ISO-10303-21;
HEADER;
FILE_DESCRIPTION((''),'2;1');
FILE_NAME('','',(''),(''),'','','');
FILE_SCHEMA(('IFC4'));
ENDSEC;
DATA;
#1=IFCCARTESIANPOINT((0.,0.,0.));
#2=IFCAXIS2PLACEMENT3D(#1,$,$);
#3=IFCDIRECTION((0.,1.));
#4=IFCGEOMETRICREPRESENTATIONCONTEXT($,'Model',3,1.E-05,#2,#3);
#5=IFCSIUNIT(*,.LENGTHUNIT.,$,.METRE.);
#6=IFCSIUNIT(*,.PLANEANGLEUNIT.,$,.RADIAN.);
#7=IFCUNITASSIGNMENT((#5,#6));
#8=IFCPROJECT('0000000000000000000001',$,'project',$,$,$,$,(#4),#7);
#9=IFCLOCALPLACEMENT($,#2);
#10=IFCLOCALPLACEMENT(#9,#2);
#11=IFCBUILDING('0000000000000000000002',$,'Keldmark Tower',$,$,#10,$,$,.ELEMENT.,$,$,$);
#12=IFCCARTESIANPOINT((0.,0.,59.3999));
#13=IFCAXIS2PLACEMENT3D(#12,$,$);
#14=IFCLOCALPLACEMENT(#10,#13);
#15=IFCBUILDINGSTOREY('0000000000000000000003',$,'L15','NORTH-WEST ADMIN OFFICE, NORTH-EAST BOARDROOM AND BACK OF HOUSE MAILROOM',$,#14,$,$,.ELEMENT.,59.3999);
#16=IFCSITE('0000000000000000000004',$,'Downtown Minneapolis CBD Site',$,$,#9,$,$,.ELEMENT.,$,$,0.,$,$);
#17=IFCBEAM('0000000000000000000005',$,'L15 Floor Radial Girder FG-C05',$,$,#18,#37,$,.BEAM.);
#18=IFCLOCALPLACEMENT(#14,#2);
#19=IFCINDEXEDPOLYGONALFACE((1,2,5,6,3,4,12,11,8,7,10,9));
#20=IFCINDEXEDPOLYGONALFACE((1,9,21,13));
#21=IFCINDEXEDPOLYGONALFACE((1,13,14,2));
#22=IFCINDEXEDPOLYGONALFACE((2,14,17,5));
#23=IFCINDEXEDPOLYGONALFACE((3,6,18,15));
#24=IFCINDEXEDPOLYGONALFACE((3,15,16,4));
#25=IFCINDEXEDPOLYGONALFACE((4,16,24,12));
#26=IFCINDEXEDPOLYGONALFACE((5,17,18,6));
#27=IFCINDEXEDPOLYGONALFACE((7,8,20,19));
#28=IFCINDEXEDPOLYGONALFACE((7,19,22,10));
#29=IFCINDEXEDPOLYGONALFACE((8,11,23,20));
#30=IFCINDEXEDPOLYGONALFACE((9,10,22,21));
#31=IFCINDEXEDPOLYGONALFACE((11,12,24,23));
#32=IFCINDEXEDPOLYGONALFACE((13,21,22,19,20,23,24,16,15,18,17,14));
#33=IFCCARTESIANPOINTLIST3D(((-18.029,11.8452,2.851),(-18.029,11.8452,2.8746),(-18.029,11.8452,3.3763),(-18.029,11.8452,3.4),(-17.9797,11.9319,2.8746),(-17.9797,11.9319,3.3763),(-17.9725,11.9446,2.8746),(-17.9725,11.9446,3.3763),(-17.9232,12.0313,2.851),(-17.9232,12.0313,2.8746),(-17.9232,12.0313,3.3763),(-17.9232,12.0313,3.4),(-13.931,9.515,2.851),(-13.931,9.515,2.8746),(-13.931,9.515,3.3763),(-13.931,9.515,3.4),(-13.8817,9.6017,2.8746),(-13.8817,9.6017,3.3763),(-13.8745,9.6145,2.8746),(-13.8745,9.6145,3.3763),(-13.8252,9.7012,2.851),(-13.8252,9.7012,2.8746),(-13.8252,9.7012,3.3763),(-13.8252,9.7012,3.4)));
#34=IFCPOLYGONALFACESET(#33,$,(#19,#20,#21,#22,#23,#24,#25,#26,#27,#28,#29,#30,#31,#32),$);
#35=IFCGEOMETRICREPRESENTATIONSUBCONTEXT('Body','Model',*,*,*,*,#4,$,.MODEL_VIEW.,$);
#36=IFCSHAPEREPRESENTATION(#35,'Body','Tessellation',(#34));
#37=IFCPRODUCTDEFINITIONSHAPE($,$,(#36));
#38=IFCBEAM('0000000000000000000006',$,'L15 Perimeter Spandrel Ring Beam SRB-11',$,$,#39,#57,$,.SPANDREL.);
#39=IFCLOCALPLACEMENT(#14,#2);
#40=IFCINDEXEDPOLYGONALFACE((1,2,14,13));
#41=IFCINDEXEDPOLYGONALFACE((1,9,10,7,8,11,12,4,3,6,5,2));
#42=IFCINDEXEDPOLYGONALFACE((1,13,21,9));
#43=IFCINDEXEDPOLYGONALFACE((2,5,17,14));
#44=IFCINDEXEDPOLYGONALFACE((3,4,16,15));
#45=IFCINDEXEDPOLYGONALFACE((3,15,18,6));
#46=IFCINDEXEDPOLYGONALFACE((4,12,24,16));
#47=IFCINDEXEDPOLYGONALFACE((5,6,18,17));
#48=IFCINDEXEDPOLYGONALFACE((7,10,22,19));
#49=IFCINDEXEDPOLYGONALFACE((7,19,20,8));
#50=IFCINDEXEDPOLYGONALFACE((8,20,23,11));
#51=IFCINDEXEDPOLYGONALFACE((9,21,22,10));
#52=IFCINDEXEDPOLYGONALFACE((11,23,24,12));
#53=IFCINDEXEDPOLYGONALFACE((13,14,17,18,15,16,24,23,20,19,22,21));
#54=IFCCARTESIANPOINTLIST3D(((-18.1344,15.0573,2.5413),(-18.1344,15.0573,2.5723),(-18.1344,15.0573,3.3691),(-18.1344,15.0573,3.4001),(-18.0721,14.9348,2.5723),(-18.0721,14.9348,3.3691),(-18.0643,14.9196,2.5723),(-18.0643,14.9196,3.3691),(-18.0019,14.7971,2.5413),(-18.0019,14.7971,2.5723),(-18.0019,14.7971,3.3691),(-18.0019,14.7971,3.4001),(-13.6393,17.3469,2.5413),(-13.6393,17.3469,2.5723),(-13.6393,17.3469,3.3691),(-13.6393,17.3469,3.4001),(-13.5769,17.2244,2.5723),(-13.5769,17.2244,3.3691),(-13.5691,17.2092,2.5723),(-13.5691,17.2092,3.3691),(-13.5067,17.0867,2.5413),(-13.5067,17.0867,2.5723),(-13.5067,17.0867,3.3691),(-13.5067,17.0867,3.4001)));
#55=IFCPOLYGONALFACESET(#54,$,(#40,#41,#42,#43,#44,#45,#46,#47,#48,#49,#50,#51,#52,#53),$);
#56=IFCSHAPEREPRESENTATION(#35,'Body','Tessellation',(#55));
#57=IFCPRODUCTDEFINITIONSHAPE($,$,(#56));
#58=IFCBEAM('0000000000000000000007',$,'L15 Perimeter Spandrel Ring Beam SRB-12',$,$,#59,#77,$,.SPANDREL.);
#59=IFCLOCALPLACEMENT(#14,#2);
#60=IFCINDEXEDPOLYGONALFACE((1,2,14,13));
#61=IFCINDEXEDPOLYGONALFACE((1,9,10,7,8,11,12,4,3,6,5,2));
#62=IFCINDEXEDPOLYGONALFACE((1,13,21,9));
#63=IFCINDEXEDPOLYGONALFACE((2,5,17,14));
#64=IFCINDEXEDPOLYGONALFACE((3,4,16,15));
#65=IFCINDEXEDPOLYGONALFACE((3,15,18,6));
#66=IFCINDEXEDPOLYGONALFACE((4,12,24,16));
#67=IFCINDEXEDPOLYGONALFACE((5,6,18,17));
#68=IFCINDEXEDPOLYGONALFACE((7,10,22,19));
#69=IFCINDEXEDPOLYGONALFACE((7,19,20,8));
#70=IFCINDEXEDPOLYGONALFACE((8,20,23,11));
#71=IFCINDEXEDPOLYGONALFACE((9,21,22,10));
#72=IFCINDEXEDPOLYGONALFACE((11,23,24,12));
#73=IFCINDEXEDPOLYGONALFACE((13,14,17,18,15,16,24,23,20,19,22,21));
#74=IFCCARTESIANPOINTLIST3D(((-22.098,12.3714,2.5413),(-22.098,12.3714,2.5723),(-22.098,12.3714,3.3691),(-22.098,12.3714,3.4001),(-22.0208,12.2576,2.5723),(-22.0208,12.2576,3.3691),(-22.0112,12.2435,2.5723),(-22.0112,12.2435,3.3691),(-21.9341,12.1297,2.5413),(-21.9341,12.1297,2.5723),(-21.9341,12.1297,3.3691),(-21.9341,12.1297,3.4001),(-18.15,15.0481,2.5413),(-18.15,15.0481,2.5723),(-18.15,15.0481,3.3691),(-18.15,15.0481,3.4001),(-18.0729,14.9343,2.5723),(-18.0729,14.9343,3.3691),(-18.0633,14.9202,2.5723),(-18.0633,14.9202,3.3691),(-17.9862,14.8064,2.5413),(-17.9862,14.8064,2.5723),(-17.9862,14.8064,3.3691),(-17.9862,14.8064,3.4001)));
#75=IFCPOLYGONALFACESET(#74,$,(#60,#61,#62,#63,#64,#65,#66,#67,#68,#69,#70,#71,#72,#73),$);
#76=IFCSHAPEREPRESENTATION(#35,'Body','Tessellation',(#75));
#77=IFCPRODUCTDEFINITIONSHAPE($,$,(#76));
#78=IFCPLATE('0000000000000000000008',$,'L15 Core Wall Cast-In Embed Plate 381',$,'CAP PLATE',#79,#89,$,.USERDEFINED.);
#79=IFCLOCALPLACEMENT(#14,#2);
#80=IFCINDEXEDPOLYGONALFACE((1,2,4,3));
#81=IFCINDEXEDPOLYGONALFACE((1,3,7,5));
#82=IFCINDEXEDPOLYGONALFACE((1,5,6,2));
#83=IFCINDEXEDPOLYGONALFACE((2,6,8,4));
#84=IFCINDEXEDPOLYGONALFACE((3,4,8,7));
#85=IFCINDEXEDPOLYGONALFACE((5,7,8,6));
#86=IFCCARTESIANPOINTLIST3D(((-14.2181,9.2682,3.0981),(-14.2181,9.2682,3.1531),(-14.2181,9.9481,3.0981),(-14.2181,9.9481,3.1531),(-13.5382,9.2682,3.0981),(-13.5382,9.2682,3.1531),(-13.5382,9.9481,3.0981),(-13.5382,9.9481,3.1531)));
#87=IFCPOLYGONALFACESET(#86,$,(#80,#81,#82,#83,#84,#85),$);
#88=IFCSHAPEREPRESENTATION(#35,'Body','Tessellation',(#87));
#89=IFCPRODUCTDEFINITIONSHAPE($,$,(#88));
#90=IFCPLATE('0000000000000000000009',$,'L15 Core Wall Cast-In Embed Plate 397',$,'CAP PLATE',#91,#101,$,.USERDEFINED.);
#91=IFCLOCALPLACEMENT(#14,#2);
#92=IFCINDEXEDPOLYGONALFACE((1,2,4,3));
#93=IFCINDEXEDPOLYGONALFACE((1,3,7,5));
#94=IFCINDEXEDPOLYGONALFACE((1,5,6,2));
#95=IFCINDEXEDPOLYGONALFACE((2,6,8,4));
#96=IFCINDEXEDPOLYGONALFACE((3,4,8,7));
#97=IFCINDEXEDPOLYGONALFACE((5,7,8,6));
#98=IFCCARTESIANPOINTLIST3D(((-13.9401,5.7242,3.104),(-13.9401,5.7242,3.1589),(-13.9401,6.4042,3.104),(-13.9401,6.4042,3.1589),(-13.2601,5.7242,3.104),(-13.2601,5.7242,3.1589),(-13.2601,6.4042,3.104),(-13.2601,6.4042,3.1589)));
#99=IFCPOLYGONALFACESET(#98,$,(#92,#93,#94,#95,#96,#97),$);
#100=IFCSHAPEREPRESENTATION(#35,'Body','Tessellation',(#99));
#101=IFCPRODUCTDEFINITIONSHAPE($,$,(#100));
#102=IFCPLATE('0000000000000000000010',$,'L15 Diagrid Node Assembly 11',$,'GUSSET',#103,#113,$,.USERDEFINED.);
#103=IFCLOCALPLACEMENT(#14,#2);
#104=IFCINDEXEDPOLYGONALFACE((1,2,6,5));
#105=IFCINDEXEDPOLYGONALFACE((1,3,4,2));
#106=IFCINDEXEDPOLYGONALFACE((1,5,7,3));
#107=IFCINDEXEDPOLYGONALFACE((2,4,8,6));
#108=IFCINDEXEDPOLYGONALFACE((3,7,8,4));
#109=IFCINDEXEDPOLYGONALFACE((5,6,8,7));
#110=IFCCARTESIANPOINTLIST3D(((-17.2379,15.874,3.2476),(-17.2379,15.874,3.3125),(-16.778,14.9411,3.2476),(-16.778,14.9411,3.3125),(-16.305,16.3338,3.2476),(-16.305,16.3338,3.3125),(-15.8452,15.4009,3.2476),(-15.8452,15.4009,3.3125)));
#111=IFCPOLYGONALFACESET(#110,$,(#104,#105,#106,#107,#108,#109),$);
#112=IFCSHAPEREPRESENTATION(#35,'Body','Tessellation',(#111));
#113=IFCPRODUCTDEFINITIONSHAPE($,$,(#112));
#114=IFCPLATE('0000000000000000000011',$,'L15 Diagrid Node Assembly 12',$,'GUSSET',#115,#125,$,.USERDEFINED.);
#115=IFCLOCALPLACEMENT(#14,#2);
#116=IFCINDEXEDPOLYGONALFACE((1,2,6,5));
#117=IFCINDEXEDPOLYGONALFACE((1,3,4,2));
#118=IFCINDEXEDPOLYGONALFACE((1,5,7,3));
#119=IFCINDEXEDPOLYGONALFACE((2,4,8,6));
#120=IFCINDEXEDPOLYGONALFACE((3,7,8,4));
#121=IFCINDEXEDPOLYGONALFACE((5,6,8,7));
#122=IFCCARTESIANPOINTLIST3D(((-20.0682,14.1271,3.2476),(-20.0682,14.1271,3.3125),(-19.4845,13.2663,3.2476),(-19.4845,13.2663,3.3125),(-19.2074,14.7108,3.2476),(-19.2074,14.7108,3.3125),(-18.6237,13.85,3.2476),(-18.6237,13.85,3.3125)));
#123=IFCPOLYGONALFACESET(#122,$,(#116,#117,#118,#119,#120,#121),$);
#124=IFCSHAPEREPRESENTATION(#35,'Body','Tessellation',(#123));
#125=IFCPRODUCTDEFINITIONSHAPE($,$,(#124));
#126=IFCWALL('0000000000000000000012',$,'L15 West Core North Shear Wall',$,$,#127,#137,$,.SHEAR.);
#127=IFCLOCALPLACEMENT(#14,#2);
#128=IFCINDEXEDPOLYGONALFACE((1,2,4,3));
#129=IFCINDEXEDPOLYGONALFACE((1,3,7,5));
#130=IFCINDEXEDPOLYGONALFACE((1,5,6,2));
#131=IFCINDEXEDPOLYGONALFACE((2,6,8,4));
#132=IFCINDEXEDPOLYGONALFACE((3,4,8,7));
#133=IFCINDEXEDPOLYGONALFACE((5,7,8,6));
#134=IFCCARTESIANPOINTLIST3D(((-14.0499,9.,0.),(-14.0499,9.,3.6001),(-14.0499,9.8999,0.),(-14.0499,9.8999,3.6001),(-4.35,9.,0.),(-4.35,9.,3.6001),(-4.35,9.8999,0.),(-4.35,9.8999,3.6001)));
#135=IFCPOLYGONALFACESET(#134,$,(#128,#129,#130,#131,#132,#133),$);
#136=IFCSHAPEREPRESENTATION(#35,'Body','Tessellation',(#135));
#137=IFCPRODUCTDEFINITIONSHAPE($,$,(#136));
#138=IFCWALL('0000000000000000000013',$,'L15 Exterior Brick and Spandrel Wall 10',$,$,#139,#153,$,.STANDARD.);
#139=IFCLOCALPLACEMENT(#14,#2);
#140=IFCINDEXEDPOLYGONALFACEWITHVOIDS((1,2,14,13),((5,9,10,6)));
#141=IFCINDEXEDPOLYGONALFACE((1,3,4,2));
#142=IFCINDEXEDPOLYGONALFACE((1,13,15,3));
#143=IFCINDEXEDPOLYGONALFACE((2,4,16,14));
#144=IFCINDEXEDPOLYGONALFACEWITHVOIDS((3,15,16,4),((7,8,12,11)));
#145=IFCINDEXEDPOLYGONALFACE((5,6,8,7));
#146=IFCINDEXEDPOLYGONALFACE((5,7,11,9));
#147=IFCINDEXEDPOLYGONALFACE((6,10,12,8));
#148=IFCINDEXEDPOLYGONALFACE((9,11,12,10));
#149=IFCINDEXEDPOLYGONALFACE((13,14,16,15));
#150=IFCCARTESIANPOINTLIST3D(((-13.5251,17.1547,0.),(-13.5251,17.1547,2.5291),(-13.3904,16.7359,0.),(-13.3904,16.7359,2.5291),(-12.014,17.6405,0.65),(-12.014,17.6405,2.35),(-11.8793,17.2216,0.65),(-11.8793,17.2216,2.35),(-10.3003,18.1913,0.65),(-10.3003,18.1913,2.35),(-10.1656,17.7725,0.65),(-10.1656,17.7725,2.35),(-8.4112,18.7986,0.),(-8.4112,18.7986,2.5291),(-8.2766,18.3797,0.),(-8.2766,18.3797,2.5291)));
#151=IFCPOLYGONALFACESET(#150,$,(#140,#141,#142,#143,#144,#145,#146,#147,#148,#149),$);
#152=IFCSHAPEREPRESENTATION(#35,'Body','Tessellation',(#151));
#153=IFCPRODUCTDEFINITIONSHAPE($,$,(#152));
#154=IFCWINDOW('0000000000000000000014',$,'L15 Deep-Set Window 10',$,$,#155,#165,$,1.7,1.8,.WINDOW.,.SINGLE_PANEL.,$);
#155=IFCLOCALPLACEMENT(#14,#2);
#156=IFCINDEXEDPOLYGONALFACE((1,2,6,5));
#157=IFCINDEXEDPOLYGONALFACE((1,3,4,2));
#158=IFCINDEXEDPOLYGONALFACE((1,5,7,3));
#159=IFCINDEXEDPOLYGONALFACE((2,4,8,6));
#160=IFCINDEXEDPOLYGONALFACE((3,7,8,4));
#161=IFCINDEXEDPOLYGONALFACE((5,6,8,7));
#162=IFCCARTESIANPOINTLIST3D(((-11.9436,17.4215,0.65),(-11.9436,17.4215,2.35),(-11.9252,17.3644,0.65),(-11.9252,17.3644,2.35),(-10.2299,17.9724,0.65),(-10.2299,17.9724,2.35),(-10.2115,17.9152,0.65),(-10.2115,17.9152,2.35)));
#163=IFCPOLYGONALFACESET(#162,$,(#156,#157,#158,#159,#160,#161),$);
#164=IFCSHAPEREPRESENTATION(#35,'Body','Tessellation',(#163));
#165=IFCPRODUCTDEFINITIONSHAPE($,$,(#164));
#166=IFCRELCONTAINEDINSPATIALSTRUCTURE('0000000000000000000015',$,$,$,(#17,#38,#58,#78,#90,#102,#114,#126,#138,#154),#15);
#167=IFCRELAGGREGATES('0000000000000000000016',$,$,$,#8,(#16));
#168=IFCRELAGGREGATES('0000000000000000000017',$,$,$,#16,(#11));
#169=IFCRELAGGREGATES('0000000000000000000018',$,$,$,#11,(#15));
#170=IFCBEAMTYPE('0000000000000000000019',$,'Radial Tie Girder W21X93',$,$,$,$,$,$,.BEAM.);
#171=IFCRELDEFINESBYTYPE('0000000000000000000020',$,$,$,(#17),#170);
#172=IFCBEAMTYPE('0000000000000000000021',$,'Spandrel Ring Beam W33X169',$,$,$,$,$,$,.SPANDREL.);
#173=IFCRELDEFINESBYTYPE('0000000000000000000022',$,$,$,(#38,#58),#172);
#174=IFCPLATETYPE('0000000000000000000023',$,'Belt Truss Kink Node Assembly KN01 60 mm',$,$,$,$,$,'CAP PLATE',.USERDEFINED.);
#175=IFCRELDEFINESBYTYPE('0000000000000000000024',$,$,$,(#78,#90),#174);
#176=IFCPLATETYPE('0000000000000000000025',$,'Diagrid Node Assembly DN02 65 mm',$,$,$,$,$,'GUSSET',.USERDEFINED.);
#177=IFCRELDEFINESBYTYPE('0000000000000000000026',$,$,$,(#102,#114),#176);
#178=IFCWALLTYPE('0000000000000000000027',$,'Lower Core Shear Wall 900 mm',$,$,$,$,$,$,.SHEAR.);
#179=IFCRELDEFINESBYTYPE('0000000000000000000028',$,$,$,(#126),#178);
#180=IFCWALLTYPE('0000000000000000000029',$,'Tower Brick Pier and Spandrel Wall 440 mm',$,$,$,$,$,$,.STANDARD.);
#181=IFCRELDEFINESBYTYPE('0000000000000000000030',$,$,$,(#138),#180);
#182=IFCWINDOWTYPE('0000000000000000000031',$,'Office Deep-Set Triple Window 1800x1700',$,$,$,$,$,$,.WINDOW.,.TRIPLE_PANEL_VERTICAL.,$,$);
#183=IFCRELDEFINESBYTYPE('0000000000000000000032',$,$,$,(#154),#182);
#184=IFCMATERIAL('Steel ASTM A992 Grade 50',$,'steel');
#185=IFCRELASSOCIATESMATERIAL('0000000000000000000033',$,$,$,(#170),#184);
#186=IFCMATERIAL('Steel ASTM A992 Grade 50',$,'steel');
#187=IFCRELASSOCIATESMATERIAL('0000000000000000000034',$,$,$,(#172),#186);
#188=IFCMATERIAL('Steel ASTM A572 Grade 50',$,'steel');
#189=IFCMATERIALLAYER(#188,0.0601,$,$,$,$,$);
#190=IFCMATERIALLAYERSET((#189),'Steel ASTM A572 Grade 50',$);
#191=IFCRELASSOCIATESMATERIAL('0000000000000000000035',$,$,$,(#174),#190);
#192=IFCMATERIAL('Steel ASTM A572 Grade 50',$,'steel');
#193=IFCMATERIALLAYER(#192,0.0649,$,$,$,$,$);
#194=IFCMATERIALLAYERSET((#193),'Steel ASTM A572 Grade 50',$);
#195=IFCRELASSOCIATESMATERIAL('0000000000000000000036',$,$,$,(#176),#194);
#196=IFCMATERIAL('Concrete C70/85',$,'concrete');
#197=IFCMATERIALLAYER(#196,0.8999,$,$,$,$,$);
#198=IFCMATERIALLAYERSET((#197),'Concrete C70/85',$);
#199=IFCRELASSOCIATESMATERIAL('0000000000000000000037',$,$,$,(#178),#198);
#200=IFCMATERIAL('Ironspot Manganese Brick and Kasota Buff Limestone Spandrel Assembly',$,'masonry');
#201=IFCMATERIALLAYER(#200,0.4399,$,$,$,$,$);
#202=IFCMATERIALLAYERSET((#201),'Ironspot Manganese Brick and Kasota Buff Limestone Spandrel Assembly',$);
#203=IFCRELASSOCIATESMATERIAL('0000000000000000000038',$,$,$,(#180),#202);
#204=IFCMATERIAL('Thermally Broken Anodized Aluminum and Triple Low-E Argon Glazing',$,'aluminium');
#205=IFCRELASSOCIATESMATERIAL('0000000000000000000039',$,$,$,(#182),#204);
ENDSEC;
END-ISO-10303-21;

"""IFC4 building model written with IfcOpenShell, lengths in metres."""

from ifc_helpers import new_model, si_unit, direction, frame, frame_2d, origin, origin_2d, place, context, subcontext, project, spatial, rectangle, i_section, extrude, material, layer, layer_set, material_profile, profile_set, type_object, element, fill, save


model = new_model("IFC4")

# Units and contexts
model_context = context("Model", 3, precision=1e-05, world=origin(), true_north=direction((0.0, 1.0)))
body_context = subcontext(model_context, "Body", "Model", "MODEL_VIEW")
ifc_project = project(units=[si_unit("LENGTHUNIT", "METRE"), si_unit("PLANEANGLEUNIT", "RADIAN")], contexts=[model_context])

# Site, building, storey
site_placement = place(None, origin())
site = spatial("IfcSite", under=ifc_project, at=site_placement, Name="Downtown Minneapolis CBD Site", CompositionType="ELEMENT", RefElevation=0.0)
building_placement = place(site_placement, origin())
building = spatial("IfcBuilding", under=site, at=building_placement, Name="Keldmark Tower", CompositionType="ELEMENT")
storey_placement = place(building_placement, frame((0.0, 0.0, 59.3999)))
storey = spatial("IfcBuildingStorey", under=building, at=storey_placement, Name="L15", Description="NORTH-WEST ADMIN OFFICE, NORTH-EAST BOARDROOM AND BACK OF HOUSE MAILROOM", CompositionType="ELEMENT", Elevation=59.3999)

# Beams
ifc_material_1 = material(Name="Steel ASTM A992 Grade 50", Category="steel")
ifc_material_profile_1 = material_profile(ifc_material_1, i_section(OverallWidth=0.2141, OverallDepth=0.5491, WebThickness=0.0146, FlangeThickness=0.0237, at=origin_2d()), Name="W21X93")
ifc_profile_set_1 = profile_set([ifc_material_profile_1], Name="Steel ASTM A992 Grade 50")
beam_type_1 = type_object("IfcBeamType", Name="Radial Tie Girder W21X93", PredefinedType="BEAM", material=ifc_profile_set_1)
beam_1_placement = place(storey_placement, frame((-17.9761, 11.9382, 3.1255), z_axis=(0.869299, -0.494286, 0.0), x_axis=(0.494286, 0.869299, 0.0)))
element("IfcBeam", 1, at=beam_1_placement, inside=storey, type_object=beam_type_1, Name="L15 Floor Radial Girder FG-C05", PredefinedType="BEAM", context=body_context, shape_type="SweptSolid", body=[
    extrude(i_section(OverallWidth=0.2141, OverallDepth=0.5491, WebThickness=0.0146, FlangeThickness=0.0237, at=origin_2d()), origin(), (0.0, 0.0, 1.0), 4.7141),
])
ifc_material_2 = material(Name="Steel ASTM A992 Grade 50", Category="steel")
ifc_material_profile_2 = material_profile(ifc_material_2, i_section(OverallWidth=0.292, OverallDepth=0.8589, WebThickness=0.0171, FlangeThickness=0.031, at=origin_2d()), Name="W33X169")
ifc_profile_set_2 = profile_set([ifc_material_profile_2], Name="Steel ASTM A992 Grade 50")
beam_type_2 = type_object("IfcBeamType", Name="Spandrel Ring Beam W33X169", PredefinedType="SPANDREL", material=ifc_profile_set_2)
beam_2_placement = place(storey_placement, frame((-13.573, 17.2168, 2.9707), z_axis=(-0.891073, -0.453861, 0.0), x_axis=(0.453861, -0.891073, 0.0)))
element("IfcBeam", 2, at=beam_2_placement, inside=storey, type_object=beam_type_2, Name="L15 Perimeter Spandrel Ring Beam SRB-11", PredefinedType="SPANDREL", context=body_context, shape_type="SweptSolid", body=[
    extrude(i_section(OverallWidth=0.292, OverallDepth=0.8589, WebThickness=0.0171, FlangeThickness=0.031, at=origin_2d()), origin(), (0.0, 0.0, 1.0), 5.0447),
])
beam_3_placement = place(storey_placement, frame((-18.0681, 14.9272, 2.9707), z_axis=(-0.827694, -0.56118, 0.0), x_axis=(0.56118, -0.827694, 0.0)))
element("IfcBeam", 3, at=beam_3_placement, inside=storey, type_object=beam_type_2, Name="L15 Perimeter Spandrel Ring Beam SRB-12", PredefinedType="SPANDREL", context=body_context, shape_type="SweptSolid", body=[
    extrude(i_section(OverallWidth=0.292, OverallDepth=0.8589, WebThickness=0.0171, FlangeThickness=0.031, at=origin_2d()), origin(), (0.0, 0.0, 1.0), 4.7698),
])

# Plates
ifc_material_3 = material(Name="Steel ASTM A572 Grade 50", Category="steel")
ifc_layer_1 = layer(ifc_material_3, 0.0601)
ifc_layer_set_1 = layer_set([ifc_layer_1], Name="Steel ASTM A572 Grade 50")
plate_type_1 = type_object("IfcPlateType", Name="Belt Truss Kink Node Assembly KN01 60 mm", ElementType="CAP PLATE", PredefinedType="USERDEFINED", material=ifc_layer_set_1)
for number, where, z_axis, x_axis, name in (
    (4, (-13.8782, 9.6082, 3.0981), (0.0, 0.0, 1.0), (1.0, 0.0, 0.0), "L15 Core Wall Cast-In Embed Plate 381"),
    (5, (-13.6001, 6.0642, 3.104), (0.0, 0.0, 1.0), (1.0, 0.0, 0.0), "L15 Core Wall Cast-In Embed Plate 397"),
):
    element("IfcPlate", number, at=place(storey_placement, frame(where, z_axis=z_axis, x_axis=x_axis)), inside=storey, type_object=plate_type_1, Name=name, ObjectType="CAP PLATE", PredefinedType="USERDEFINED", context=body_context, shape_type="SweptSolid", body=[
        extrude(rectangle(XDim=0.6799, YDim=0.6799, at=origin_2d()), origin(), (0.0, 0.0, 1.0), 0.0549),
    ])
ifc_material_4 = material(Name="Steel ASTM A572 Grade 50", Category="steel")
ifc_layer_2 = layer(ifc_material_4, 0.0649)
ifc_layer_set_2 = layer_set([ifc_layer_2], Name="Steel ASTM A572 Grade 50")
plate_type_2 = type_object("IfcPlateType", Name="Diagrid Node Assembly DN02 65 mm", ElementType="GUSSET", PredefinedType="USERDEFINED", material=ifc_layer_set_2)
for number, where, z_axis, x_axis, name in (
    (6, (-16.5415, 15.6375, 3.2476), (0.0, 0.0, 1.0), (-0.89695, -0.442132, 0.0), "L15 Diagrid Node Assembly 11"),
    (7, (-19.3459, 13.9885, 3.2476), (0.0, 0.0, 1.0), (-0.827669, -0.561217, 0.0), "L15 Diagrid Node Assembly 12"),
):
    element("IfcPlate", number, at=place(storey_placement, frame(where, z_axis=z_axis, x_axis=x_axis)), inside=storey, type_object=plate_type_2, Name=name, ObjectType="GUSSET", PredefinedType="USERDEFINED", context=body_context, shape_type="SweptSolid", body=[
        extrude(rectangle(XDim=1.04, YDim=1.04, at=origin_2d()), origin(), (0.0, 0.0, 1.0), 0.0649),
    ])

# Wall
ifc_material_5 = material(Name="Concrete C70/85", Category="concrete")
ifc_layer_3 = layer(ifc_material_5, 0.8999)
ifc_layer_set_3 = layer_set([ifc_layer_3], Name="Concrete C70/85")
wall_type_1 = type_object("IfcWallType", Name="Lower Core Shear Wall 900 mm", PredefinedType="SHEAR", material=ifc_layer_set_3)
wall_1_placement = place(storey_placement, frame((-14.05, 9.45, 0.0), z_axis=(0.0, 0.0, 1.0), x_axis=(1.0, 0.0, 0.0)))
element("IfcWall", 8, at=wall_1_placement, inside=storey, type_object=wall_type_1, Name="L15 West Core North Shear Wall", PredefinedType="SHEAR", context=body_context, shape_type="SweptSolid", body=[
    extrude(rectangle(XDim=9.7, YDim=0.8999, at=frame_2d((4.8501, 0.0))), origin(), (0.0, 0.0, 1.0), 3.6001),
])

# Wall, opening, window
ifc_material_6 = material(Name="Ironspot Manganese Brick and Kasota Buff Limestone Spandrel Assembly", Category="masonry")
ifc_layer_4 = layer(ifc_material_6, 0.4399)
ifc_layer_set_4 = layer_set([ifc_layer_4], Name="Ironspot Manganese Brick and Kasota Buff Limestone Spandrel Assembly")
wall_type_2 = type_object("IfcWallType", Name="Tower Brick Pier and Spandrel Wall 440 mm", PredefinedType="STANDARD", material=ifc_layer_set_4)
wall_2_placement = place(storey_placement, frame((-13.4578, 16.9453, 0.0), z_axis=(0.0, 0.0, 1.0), x_axis=(0.952024, 0.306024, 0.0)))
wall_2 = element("IfcWall", 9, at=wall_2_placement, inside=storey, type_object=wall_type_2, Name="L15 Exterior Brick and Spandrel Wall 10", PredefinedType="STANDARD", context=body_context, shape_type="SweptSolid", body=[
    extrude(rectangle(XDim=5.3716, YDim=0.4399, at=frame_2d((2.6858, 0.0))), origin(), (0.0, 0.0, 1.0), 2.5291),
])
opening_1_placement = place(wall_2_placement, frame((1.5874, 0.0, 0.6499)))
opening_1 = element("IfcOpeningElement", 10, at=opening_1_placement, cuts=wall_2, PredefinedType="OPENING", context=body_context, shape_type="SweptSolid", body=[
    extrude(rectangle(XDim=1.8, YDim=1.7, at=frame_2d((0.8999, 0.8501))), frame((0.0, 0.23, 0.0), z_axis=(0.0, -1.0, 0.0), x_axis=(1.0, 0.0, 0.0)), (0.0, 0.0, 1.0), 0.46),
])
ifc_material_7 = material(Name="Thermally Broken Anodized Aluminum and Triple Low-E Argon Glazing", Category="aluminium")
window_type = type_object("IfcWindowType", Name="Office Deep-Set Triple Window 1800x1700", PartitioningType="TRIPLE_PANEL_VERTICAL", PredefinedType="WINDOW", material=ifc_material_7)
window_1_placement = place(opening_1_placement, origin())
window_1 = element("IfcWindow", 11, at=window_1_placement, inside=storey, type_object=window_type, Name="L15 Deep-Set Window 10", OverallHeight=1.7, OverallWidth=1.8, PartitioningType="SINGLE_PANEL", PredefinedType="WINDOW", context=body_context, shape_type="SweptSolid", body=[
    extrude(rectangle(XDim=1.8, YDim=1.7, at=frame_2d((0.8999, 0.8501))), frame((0.0, -0.01, 0.0), z_axis=(0.0, -1.0, 0.0), x_axis=(1.0, 0.0, 0.0)), (0.0, 0.0, 1.0), 0.0601),
])
fill(opening_1, window_1)

save(model, "model.ifc")
